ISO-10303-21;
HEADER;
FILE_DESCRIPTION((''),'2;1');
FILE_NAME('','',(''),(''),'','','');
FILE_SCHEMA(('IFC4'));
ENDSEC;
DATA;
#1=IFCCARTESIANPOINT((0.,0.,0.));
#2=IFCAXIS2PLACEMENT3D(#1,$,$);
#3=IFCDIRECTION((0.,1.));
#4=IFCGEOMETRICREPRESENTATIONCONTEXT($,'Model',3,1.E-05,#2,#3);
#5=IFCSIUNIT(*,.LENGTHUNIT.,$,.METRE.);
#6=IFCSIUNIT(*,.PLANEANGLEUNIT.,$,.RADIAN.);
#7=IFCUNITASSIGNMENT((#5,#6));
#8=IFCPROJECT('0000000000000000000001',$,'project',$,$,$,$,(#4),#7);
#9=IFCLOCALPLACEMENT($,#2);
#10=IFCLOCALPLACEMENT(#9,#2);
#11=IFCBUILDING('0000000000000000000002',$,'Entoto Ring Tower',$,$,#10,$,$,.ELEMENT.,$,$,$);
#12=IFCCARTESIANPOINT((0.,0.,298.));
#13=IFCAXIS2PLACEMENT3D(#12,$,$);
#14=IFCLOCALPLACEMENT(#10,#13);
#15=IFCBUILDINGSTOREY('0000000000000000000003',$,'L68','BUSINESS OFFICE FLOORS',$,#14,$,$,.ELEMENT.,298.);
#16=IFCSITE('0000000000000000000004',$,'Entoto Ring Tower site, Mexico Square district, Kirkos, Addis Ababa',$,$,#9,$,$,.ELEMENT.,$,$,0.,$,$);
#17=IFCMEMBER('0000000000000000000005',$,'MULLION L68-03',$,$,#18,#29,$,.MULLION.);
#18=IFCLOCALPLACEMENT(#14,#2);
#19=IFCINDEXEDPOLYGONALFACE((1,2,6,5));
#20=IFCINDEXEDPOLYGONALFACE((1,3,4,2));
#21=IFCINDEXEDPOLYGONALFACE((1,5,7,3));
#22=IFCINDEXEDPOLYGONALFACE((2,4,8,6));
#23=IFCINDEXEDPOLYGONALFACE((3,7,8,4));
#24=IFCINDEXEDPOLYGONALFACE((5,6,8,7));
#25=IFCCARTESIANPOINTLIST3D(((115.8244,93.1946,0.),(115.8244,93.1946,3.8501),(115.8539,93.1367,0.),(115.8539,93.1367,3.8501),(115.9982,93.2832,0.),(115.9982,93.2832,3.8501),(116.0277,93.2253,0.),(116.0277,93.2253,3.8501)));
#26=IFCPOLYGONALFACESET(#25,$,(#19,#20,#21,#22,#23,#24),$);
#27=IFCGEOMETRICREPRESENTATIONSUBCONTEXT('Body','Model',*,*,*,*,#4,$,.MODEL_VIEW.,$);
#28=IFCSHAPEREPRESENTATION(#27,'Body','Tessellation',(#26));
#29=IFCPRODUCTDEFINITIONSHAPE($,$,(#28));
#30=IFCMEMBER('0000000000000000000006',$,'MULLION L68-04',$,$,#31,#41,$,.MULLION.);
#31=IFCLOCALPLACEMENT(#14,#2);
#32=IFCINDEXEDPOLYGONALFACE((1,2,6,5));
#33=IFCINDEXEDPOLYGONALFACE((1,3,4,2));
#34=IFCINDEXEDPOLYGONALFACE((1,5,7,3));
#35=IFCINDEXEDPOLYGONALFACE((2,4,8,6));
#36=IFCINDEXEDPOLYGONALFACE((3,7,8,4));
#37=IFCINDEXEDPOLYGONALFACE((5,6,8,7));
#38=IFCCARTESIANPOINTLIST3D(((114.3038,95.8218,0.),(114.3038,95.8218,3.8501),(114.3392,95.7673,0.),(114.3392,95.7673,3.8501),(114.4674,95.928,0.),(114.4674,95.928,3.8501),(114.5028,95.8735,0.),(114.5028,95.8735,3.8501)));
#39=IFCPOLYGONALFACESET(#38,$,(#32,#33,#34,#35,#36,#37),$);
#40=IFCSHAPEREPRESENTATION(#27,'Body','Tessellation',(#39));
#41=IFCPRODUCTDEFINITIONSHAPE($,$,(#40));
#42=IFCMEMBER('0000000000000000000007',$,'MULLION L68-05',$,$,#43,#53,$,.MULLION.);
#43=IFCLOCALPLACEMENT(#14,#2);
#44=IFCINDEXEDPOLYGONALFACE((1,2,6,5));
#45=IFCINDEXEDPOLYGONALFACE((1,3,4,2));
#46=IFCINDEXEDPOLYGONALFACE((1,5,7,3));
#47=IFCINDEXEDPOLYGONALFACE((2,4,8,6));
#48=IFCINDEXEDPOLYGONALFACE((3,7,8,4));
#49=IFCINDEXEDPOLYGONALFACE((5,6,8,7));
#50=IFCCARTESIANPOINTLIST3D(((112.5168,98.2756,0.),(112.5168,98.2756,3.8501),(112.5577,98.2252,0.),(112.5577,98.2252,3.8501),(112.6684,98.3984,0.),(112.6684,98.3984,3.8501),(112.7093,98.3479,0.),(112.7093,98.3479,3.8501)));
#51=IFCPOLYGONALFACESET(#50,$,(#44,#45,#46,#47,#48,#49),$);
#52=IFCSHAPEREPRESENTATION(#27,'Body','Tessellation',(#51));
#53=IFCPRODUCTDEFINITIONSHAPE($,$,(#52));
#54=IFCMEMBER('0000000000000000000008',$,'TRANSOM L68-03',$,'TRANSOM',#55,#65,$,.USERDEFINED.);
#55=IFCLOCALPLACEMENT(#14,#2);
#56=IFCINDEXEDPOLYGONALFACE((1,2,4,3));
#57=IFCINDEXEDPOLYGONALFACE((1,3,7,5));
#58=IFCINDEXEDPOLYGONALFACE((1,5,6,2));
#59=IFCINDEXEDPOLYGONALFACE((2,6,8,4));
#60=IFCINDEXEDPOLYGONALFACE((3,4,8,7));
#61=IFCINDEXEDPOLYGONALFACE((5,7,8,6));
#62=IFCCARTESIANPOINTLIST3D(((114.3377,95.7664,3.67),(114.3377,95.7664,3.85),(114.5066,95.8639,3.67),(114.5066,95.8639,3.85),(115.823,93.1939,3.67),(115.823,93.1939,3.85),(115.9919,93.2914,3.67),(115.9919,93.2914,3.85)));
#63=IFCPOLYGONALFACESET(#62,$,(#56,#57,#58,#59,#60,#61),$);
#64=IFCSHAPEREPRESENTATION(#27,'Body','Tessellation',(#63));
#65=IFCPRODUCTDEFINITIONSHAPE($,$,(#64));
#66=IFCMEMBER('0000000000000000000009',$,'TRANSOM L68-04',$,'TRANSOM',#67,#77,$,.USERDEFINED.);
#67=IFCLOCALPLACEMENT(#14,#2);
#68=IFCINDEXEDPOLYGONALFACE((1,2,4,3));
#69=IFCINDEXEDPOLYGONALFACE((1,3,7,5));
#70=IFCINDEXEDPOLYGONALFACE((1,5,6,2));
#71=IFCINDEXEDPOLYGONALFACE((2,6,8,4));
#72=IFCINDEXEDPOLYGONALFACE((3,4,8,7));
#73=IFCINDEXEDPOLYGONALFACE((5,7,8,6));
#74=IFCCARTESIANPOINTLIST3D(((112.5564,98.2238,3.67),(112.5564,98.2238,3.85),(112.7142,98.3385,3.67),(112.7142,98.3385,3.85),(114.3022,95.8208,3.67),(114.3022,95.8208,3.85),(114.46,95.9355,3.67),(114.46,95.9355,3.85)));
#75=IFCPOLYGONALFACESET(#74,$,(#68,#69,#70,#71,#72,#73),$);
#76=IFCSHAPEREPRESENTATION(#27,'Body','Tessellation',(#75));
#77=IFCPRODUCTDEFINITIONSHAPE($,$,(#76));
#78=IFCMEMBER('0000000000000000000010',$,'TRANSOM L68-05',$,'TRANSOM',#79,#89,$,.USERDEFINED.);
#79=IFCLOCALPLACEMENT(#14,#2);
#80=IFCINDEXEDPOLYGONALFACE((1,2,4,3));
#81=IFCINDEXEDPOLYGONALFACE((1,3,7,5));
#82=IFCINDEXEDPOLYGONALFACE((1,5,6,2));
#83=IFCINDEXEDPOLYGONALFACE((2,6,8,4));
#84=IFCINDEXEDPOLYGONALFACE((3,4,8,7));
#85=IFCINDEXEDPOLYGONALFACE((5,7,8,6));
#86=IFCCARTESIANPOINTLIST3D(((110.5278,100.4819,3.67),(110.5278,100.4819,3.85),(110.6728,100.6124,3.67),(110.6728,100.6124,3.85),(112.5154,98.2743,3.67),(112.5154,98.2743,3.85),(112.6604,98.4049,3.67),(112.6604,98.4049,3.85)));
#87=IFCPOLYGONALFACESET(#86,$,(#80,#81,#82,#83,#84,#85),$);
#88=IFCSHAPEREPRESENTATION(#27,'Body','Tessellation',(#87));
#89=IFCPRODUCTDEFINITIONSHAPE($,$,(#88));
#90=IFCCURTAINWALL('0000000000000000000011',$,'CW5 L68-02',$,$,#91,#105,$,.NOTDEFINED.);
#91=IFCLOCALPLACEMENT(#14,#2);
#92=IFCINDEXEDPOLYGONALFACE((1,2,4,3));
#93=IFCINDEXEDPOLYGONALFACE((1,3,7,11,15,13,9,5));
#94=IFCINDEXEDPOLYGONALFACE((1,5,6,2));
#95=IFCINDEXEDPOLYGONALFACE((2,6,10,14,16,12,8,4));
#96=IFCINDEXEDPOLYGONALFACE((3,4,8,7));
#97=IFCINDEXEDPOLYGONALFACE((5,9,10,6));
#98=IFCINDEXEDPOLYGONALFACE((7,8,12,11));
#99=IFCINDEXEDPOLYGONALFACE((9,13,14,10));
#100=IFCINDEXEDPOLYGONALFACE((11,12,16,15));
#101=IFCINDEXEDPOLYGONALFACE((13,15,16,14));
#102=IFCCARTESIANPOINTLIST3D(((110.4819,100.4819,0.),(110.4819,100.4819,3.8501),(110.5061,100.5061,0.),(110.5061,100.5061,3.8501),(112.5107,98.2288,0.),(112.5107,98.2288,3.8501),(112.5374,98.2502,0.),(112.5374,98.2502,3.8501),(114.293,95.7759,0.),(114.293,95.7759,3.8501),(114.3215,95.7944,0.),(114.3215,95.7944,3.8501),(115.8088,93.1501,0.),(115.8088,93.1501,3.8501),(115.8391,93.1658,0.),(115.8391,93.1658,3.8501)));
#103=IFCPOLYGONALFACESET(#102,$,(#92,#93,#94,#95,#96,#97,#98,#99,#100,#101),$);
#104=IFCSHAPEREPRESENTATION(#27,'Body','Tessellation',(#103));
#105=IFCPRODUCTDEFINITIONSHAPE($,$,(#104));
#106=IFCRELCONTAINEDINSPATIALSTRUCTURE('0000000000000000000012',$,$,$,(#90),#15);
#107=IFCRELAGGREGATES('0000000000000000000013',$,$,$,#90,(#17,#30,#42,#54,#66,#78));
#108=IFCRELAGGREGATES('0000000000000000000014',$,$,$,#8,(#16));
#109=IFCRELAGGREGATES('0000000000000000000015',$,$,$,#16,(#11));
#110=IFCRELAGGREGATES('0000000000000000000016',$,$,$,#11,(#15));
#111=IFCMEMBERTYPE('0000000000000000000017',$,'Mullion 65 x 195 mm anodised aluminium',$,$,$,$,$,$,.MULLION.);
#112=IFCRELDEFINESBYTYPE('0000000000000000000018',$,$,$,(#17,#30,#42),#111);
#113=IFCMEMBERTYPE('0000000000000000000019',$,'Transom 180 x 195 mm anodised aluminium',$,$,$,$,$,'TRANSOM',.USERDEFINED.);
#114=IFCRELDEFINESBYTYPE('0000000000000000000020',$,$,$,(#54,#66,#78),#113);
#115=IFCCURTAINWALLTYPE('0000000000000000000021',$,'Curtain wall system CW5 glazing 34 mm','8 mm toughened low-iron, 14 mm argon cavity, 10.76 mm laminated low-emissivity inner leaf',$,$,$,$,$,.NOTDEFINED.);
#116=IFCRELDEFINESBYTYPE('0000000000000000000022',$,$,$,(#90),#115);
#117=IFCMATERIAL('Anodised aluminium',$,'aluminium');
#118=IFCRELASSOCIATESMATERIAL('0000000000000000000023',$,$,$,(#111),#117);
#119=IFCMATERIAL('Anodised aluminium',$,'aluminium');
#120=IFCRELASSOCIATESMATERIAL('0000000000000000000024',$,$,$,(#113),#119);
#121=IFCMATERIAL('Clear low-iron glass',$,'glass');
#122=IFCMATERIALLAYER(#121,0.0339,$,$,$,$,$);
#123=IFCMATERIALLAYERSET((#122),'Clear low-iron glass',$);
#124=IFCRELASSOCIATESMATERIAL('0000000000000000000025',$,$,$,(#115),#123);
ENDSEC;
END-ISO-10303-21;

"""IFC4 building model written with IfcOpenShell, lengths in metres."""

from ifc_helpers import new_model, si_unit, direction, frame, origin, origin_2d, place, context, subcontext, project, spatial, polyline, rectangle, outline, extrude, material, layer, layer_set, material_profile, profile_set, type_object, element, aggregate, save


model = new_model("IFC4")

# Units and contexts
model_context = context("Model", 3, precision=1e-05, world=origin(), true_north=direction((0.0, 1.0)))
body_context = subcontext(model_context, "Body", "Model", "MODEL_VIEW")
ifc_project = project(units=[si_unit("LENGTHUNIT", "METRE"), si_unit("PLANEANGLEUNIT", "RADIAN")], contexts=[model_context])

# Members
ifc_material_1 = material(Name="Anodised aluminium", Category="aluminium")
ifc_material_profile_1 = material_profile(ifc_material_1, rectangle(XDim=0.0649, YDim=0.1951, at=origin_2d()), Name="Mullion 65 x 195 mm anodised aluminium")
ifc_profile_set_1 = profile_set([ifc_material_profile_1], Name="Anodised aluminium")
member_type_1 = type_object("IfcMemberType", Name="Mullion 65 x 195 mm anodised aluminium", PredefinedType="MULLION", material=ifc_profile_set_1)
site_placement = place(None, origin())
building_placement = place(site_placement, origin())
storey_placement = place(building_placement, frame((0.0, 0.0, 298.0)))
member_1_placement = place(storey_placement, frame((115.926, 93.21, 0.0), z_axis=(0.0, 0.0, 1.0), x_axis=(-0.45399, 0.891007, 0.0)))
member_1 = element("IfcMember", 1, at=member_1_placement, type_object=member_type_1, Name="MULLION L68-03", PredefinedType="MULLION", context=body_context, shape_type="SweptSolid", body=[
    extrude(rectangle(XDim=0.0649, YDim=0.1951, at=origin_2d()), origin(), (0.0, 0.0, 1.0), 3.8501),
])
member_2_placement = place(storey_placement, frame((114.4033, 95.8477, 0.0), z_axis=(0.0, 0.0, 1.0), x_axis=(-0.544639, 0.838671, 0.0)))
member_2 = element("IfcMember", 2, at=member_2_placement, type_object=member_type_1, Name="MULLION L68-04", PredefinedType="MULLION", context=body_context, shape_type="SweptSolid", body=[
    extrude(rectangle(XDim=0.0649, YDim=0.1951, at=origin_2d()), origin(), (0.0, 0.0, 1.0), 3.8501),
])
member_3_placement = place(storey_placement, frame((112.613, 98.3118, 0.0), z_axis=(0.0, 0.0, 1.0), x_axis=(-0.62932, 0.777146, 0.0)))
member_3 = element("IfcMember", 3, at=member_3_placement, type_object=member_type_1, Name="MULLION L68-05", PredefinedType="MULLION", context=body_context, shape_type="SweptSolid", body=[
    extrude(rectangle(XDim=0.0649, YDim=0.1951, at=origin_2d()), origin(), (0.0, 0.0, 1.0), 3.8501),
])
ifc_material_2 = material(Name="Anodised aluminium", Category="aluminium")
ifc_material_profile_2 = material_profile(ifc_material_2, rectangle(XDim=0.1951, YDim=0.1799, at=origin_2d()), Name="Transom 180 x 195 mm anodised aluminium")
ifc_profile_set_2 = profile_set([ifc_material_profile_2], Name="Anodised aluminium")
member_type_2 = type_object("IfcMemberType", Name="Transom 180 x 195 mm anodised aluminium", ElementType="TRANSOM", PredefinedType="USERDEFINED", material=ifc_profile_set_2)
member_4_placement = place(storey_placement, frame((115.9075, 93.2427, 3.76), z_axis=(-0.500028, 0.866009, 0.0), x_axis=(-0.866009, -0.500028, 0.0)))
member_4 = element("IfcMember", 4, at=member_4_placement, type_object=member_type_2, Name="TRANSOM L68-03", ObjectType="TRANSOM", PredefinedType="USERDEFINED", context=body_context, shape_type="SweptSolid", body=[
    extrude(rectangle(XDim=0.1951, YDim=0.1799, at=origin_2d()), origin(), (0.0, 0.0, 1.0), 2.9705),
])
member_5_placement = place(storey_placement, frame((114.3811, 95.8782, 3.76), z_axis=(-0.587766, 0.809031, 0.0), x_axis=(-0.809031, -0.587766, 0.0)))
member_5 = element("IfcMember", 5, at=member_5_placement, type_object=member_type_2, Name="TRANSOM L68-04", ObjectType="TRANSOM", PredefinedType="USERDEFINED", context=body_context, shape_type="SweptSolid", body=[
    extrude(rectangle(XDim=0.1951, YDim=0.1799, at=origin_2d()), origin(), (0.0, 0.0, 1.0), 2.9702),
])
member_6_placement = place(storey_placement, frame((112.5879, 98.3396, 3.76), z_axis=(-0.66911, 0.743163, 0.0), x_axis=(-0.743163, -0.66911, 0.0)))
member_6 = element("IfcMember", 6, at=member_6_placement, type_object=member_type_2, Name="TRANSOM L68-05", ObjectType="TRANSOM", PredefinedType="USERDEFINED", context=body_context, shape_type="SweptSolid", body=[
    extrude(rectangle(XDim=0.1951, YDim=0.1799, at=origin_2d()), origin(), (0.0, 0.0, 1.0), 2.9705),
])

# Site, building, storey
site = spatial("IfcSite", under=ifc_project, at=site_placement, Name="Entoto Ring Tower site, Mexico Square district, Kirkos, Addis Ababa", CompositionType="ELEMENT", RefElevation=0.0)
building = spatial("IfcBuilding", under=site, at=building_placement, Name="Entoto Ring Tower", CompositionType="ELEMENT")
storey = spatial("IfcBuildingStorey", under=building, at=storey_placement, Name="L68", Description="BUSINESS OFFICE FLOORS", CompositionType="ELEMENT", Elevation=298.0)

# Curtain wall
ifc_material_3 = material(Name="Clear low-iron glass", Category="glass")
ifc_layer_1 = layer(ifc_material_3, 0.0339)
ifc_layer_set_1 = layer_set([ifc_layer_1], Name="Clear low-iron glass")
curtain_wall_type = type_object("IfcCurtainWallType", Name="Curtain wall system CW5 glazing 34 mm", Description="8 mm toughened low-iron, 14 mm argon cavity, 10.76 mm laminated low-emissivity inner leaf", PredefinedType="NOTDEFINED", material=ifc_layer_set_1)
curtain_wall_1_placement = place(storey_placement, origin())
curtain_wall_1 = element("IfcCurtainWall", 7, at=curtain_wall_1_placement, inside=storey, type_object=curtain_wall_type, Name="CW5 L68-02", PredefinedType="NOTDEFINED", context=body_context, shape_type="SweptSolid", body=[
    extrude(outline(polyline([(115.8391, 93.1658), (114.3215, 95.7944), (112.5374, 98.2502), (110.5061, 100.5061), (110.4819, 100.4819), (112.5107, 98.2288), (114.293, 95.7759), (115.8088, 93.1501), (115.8391, 93.1658)])), origin(), (0.0, 0.0, 1.0), 3.8501),
])
aggregate(curtain_wall_1, [member_1, member_2, member_3, member_4, member_5, member_6])

save(model, "model.ifc")
